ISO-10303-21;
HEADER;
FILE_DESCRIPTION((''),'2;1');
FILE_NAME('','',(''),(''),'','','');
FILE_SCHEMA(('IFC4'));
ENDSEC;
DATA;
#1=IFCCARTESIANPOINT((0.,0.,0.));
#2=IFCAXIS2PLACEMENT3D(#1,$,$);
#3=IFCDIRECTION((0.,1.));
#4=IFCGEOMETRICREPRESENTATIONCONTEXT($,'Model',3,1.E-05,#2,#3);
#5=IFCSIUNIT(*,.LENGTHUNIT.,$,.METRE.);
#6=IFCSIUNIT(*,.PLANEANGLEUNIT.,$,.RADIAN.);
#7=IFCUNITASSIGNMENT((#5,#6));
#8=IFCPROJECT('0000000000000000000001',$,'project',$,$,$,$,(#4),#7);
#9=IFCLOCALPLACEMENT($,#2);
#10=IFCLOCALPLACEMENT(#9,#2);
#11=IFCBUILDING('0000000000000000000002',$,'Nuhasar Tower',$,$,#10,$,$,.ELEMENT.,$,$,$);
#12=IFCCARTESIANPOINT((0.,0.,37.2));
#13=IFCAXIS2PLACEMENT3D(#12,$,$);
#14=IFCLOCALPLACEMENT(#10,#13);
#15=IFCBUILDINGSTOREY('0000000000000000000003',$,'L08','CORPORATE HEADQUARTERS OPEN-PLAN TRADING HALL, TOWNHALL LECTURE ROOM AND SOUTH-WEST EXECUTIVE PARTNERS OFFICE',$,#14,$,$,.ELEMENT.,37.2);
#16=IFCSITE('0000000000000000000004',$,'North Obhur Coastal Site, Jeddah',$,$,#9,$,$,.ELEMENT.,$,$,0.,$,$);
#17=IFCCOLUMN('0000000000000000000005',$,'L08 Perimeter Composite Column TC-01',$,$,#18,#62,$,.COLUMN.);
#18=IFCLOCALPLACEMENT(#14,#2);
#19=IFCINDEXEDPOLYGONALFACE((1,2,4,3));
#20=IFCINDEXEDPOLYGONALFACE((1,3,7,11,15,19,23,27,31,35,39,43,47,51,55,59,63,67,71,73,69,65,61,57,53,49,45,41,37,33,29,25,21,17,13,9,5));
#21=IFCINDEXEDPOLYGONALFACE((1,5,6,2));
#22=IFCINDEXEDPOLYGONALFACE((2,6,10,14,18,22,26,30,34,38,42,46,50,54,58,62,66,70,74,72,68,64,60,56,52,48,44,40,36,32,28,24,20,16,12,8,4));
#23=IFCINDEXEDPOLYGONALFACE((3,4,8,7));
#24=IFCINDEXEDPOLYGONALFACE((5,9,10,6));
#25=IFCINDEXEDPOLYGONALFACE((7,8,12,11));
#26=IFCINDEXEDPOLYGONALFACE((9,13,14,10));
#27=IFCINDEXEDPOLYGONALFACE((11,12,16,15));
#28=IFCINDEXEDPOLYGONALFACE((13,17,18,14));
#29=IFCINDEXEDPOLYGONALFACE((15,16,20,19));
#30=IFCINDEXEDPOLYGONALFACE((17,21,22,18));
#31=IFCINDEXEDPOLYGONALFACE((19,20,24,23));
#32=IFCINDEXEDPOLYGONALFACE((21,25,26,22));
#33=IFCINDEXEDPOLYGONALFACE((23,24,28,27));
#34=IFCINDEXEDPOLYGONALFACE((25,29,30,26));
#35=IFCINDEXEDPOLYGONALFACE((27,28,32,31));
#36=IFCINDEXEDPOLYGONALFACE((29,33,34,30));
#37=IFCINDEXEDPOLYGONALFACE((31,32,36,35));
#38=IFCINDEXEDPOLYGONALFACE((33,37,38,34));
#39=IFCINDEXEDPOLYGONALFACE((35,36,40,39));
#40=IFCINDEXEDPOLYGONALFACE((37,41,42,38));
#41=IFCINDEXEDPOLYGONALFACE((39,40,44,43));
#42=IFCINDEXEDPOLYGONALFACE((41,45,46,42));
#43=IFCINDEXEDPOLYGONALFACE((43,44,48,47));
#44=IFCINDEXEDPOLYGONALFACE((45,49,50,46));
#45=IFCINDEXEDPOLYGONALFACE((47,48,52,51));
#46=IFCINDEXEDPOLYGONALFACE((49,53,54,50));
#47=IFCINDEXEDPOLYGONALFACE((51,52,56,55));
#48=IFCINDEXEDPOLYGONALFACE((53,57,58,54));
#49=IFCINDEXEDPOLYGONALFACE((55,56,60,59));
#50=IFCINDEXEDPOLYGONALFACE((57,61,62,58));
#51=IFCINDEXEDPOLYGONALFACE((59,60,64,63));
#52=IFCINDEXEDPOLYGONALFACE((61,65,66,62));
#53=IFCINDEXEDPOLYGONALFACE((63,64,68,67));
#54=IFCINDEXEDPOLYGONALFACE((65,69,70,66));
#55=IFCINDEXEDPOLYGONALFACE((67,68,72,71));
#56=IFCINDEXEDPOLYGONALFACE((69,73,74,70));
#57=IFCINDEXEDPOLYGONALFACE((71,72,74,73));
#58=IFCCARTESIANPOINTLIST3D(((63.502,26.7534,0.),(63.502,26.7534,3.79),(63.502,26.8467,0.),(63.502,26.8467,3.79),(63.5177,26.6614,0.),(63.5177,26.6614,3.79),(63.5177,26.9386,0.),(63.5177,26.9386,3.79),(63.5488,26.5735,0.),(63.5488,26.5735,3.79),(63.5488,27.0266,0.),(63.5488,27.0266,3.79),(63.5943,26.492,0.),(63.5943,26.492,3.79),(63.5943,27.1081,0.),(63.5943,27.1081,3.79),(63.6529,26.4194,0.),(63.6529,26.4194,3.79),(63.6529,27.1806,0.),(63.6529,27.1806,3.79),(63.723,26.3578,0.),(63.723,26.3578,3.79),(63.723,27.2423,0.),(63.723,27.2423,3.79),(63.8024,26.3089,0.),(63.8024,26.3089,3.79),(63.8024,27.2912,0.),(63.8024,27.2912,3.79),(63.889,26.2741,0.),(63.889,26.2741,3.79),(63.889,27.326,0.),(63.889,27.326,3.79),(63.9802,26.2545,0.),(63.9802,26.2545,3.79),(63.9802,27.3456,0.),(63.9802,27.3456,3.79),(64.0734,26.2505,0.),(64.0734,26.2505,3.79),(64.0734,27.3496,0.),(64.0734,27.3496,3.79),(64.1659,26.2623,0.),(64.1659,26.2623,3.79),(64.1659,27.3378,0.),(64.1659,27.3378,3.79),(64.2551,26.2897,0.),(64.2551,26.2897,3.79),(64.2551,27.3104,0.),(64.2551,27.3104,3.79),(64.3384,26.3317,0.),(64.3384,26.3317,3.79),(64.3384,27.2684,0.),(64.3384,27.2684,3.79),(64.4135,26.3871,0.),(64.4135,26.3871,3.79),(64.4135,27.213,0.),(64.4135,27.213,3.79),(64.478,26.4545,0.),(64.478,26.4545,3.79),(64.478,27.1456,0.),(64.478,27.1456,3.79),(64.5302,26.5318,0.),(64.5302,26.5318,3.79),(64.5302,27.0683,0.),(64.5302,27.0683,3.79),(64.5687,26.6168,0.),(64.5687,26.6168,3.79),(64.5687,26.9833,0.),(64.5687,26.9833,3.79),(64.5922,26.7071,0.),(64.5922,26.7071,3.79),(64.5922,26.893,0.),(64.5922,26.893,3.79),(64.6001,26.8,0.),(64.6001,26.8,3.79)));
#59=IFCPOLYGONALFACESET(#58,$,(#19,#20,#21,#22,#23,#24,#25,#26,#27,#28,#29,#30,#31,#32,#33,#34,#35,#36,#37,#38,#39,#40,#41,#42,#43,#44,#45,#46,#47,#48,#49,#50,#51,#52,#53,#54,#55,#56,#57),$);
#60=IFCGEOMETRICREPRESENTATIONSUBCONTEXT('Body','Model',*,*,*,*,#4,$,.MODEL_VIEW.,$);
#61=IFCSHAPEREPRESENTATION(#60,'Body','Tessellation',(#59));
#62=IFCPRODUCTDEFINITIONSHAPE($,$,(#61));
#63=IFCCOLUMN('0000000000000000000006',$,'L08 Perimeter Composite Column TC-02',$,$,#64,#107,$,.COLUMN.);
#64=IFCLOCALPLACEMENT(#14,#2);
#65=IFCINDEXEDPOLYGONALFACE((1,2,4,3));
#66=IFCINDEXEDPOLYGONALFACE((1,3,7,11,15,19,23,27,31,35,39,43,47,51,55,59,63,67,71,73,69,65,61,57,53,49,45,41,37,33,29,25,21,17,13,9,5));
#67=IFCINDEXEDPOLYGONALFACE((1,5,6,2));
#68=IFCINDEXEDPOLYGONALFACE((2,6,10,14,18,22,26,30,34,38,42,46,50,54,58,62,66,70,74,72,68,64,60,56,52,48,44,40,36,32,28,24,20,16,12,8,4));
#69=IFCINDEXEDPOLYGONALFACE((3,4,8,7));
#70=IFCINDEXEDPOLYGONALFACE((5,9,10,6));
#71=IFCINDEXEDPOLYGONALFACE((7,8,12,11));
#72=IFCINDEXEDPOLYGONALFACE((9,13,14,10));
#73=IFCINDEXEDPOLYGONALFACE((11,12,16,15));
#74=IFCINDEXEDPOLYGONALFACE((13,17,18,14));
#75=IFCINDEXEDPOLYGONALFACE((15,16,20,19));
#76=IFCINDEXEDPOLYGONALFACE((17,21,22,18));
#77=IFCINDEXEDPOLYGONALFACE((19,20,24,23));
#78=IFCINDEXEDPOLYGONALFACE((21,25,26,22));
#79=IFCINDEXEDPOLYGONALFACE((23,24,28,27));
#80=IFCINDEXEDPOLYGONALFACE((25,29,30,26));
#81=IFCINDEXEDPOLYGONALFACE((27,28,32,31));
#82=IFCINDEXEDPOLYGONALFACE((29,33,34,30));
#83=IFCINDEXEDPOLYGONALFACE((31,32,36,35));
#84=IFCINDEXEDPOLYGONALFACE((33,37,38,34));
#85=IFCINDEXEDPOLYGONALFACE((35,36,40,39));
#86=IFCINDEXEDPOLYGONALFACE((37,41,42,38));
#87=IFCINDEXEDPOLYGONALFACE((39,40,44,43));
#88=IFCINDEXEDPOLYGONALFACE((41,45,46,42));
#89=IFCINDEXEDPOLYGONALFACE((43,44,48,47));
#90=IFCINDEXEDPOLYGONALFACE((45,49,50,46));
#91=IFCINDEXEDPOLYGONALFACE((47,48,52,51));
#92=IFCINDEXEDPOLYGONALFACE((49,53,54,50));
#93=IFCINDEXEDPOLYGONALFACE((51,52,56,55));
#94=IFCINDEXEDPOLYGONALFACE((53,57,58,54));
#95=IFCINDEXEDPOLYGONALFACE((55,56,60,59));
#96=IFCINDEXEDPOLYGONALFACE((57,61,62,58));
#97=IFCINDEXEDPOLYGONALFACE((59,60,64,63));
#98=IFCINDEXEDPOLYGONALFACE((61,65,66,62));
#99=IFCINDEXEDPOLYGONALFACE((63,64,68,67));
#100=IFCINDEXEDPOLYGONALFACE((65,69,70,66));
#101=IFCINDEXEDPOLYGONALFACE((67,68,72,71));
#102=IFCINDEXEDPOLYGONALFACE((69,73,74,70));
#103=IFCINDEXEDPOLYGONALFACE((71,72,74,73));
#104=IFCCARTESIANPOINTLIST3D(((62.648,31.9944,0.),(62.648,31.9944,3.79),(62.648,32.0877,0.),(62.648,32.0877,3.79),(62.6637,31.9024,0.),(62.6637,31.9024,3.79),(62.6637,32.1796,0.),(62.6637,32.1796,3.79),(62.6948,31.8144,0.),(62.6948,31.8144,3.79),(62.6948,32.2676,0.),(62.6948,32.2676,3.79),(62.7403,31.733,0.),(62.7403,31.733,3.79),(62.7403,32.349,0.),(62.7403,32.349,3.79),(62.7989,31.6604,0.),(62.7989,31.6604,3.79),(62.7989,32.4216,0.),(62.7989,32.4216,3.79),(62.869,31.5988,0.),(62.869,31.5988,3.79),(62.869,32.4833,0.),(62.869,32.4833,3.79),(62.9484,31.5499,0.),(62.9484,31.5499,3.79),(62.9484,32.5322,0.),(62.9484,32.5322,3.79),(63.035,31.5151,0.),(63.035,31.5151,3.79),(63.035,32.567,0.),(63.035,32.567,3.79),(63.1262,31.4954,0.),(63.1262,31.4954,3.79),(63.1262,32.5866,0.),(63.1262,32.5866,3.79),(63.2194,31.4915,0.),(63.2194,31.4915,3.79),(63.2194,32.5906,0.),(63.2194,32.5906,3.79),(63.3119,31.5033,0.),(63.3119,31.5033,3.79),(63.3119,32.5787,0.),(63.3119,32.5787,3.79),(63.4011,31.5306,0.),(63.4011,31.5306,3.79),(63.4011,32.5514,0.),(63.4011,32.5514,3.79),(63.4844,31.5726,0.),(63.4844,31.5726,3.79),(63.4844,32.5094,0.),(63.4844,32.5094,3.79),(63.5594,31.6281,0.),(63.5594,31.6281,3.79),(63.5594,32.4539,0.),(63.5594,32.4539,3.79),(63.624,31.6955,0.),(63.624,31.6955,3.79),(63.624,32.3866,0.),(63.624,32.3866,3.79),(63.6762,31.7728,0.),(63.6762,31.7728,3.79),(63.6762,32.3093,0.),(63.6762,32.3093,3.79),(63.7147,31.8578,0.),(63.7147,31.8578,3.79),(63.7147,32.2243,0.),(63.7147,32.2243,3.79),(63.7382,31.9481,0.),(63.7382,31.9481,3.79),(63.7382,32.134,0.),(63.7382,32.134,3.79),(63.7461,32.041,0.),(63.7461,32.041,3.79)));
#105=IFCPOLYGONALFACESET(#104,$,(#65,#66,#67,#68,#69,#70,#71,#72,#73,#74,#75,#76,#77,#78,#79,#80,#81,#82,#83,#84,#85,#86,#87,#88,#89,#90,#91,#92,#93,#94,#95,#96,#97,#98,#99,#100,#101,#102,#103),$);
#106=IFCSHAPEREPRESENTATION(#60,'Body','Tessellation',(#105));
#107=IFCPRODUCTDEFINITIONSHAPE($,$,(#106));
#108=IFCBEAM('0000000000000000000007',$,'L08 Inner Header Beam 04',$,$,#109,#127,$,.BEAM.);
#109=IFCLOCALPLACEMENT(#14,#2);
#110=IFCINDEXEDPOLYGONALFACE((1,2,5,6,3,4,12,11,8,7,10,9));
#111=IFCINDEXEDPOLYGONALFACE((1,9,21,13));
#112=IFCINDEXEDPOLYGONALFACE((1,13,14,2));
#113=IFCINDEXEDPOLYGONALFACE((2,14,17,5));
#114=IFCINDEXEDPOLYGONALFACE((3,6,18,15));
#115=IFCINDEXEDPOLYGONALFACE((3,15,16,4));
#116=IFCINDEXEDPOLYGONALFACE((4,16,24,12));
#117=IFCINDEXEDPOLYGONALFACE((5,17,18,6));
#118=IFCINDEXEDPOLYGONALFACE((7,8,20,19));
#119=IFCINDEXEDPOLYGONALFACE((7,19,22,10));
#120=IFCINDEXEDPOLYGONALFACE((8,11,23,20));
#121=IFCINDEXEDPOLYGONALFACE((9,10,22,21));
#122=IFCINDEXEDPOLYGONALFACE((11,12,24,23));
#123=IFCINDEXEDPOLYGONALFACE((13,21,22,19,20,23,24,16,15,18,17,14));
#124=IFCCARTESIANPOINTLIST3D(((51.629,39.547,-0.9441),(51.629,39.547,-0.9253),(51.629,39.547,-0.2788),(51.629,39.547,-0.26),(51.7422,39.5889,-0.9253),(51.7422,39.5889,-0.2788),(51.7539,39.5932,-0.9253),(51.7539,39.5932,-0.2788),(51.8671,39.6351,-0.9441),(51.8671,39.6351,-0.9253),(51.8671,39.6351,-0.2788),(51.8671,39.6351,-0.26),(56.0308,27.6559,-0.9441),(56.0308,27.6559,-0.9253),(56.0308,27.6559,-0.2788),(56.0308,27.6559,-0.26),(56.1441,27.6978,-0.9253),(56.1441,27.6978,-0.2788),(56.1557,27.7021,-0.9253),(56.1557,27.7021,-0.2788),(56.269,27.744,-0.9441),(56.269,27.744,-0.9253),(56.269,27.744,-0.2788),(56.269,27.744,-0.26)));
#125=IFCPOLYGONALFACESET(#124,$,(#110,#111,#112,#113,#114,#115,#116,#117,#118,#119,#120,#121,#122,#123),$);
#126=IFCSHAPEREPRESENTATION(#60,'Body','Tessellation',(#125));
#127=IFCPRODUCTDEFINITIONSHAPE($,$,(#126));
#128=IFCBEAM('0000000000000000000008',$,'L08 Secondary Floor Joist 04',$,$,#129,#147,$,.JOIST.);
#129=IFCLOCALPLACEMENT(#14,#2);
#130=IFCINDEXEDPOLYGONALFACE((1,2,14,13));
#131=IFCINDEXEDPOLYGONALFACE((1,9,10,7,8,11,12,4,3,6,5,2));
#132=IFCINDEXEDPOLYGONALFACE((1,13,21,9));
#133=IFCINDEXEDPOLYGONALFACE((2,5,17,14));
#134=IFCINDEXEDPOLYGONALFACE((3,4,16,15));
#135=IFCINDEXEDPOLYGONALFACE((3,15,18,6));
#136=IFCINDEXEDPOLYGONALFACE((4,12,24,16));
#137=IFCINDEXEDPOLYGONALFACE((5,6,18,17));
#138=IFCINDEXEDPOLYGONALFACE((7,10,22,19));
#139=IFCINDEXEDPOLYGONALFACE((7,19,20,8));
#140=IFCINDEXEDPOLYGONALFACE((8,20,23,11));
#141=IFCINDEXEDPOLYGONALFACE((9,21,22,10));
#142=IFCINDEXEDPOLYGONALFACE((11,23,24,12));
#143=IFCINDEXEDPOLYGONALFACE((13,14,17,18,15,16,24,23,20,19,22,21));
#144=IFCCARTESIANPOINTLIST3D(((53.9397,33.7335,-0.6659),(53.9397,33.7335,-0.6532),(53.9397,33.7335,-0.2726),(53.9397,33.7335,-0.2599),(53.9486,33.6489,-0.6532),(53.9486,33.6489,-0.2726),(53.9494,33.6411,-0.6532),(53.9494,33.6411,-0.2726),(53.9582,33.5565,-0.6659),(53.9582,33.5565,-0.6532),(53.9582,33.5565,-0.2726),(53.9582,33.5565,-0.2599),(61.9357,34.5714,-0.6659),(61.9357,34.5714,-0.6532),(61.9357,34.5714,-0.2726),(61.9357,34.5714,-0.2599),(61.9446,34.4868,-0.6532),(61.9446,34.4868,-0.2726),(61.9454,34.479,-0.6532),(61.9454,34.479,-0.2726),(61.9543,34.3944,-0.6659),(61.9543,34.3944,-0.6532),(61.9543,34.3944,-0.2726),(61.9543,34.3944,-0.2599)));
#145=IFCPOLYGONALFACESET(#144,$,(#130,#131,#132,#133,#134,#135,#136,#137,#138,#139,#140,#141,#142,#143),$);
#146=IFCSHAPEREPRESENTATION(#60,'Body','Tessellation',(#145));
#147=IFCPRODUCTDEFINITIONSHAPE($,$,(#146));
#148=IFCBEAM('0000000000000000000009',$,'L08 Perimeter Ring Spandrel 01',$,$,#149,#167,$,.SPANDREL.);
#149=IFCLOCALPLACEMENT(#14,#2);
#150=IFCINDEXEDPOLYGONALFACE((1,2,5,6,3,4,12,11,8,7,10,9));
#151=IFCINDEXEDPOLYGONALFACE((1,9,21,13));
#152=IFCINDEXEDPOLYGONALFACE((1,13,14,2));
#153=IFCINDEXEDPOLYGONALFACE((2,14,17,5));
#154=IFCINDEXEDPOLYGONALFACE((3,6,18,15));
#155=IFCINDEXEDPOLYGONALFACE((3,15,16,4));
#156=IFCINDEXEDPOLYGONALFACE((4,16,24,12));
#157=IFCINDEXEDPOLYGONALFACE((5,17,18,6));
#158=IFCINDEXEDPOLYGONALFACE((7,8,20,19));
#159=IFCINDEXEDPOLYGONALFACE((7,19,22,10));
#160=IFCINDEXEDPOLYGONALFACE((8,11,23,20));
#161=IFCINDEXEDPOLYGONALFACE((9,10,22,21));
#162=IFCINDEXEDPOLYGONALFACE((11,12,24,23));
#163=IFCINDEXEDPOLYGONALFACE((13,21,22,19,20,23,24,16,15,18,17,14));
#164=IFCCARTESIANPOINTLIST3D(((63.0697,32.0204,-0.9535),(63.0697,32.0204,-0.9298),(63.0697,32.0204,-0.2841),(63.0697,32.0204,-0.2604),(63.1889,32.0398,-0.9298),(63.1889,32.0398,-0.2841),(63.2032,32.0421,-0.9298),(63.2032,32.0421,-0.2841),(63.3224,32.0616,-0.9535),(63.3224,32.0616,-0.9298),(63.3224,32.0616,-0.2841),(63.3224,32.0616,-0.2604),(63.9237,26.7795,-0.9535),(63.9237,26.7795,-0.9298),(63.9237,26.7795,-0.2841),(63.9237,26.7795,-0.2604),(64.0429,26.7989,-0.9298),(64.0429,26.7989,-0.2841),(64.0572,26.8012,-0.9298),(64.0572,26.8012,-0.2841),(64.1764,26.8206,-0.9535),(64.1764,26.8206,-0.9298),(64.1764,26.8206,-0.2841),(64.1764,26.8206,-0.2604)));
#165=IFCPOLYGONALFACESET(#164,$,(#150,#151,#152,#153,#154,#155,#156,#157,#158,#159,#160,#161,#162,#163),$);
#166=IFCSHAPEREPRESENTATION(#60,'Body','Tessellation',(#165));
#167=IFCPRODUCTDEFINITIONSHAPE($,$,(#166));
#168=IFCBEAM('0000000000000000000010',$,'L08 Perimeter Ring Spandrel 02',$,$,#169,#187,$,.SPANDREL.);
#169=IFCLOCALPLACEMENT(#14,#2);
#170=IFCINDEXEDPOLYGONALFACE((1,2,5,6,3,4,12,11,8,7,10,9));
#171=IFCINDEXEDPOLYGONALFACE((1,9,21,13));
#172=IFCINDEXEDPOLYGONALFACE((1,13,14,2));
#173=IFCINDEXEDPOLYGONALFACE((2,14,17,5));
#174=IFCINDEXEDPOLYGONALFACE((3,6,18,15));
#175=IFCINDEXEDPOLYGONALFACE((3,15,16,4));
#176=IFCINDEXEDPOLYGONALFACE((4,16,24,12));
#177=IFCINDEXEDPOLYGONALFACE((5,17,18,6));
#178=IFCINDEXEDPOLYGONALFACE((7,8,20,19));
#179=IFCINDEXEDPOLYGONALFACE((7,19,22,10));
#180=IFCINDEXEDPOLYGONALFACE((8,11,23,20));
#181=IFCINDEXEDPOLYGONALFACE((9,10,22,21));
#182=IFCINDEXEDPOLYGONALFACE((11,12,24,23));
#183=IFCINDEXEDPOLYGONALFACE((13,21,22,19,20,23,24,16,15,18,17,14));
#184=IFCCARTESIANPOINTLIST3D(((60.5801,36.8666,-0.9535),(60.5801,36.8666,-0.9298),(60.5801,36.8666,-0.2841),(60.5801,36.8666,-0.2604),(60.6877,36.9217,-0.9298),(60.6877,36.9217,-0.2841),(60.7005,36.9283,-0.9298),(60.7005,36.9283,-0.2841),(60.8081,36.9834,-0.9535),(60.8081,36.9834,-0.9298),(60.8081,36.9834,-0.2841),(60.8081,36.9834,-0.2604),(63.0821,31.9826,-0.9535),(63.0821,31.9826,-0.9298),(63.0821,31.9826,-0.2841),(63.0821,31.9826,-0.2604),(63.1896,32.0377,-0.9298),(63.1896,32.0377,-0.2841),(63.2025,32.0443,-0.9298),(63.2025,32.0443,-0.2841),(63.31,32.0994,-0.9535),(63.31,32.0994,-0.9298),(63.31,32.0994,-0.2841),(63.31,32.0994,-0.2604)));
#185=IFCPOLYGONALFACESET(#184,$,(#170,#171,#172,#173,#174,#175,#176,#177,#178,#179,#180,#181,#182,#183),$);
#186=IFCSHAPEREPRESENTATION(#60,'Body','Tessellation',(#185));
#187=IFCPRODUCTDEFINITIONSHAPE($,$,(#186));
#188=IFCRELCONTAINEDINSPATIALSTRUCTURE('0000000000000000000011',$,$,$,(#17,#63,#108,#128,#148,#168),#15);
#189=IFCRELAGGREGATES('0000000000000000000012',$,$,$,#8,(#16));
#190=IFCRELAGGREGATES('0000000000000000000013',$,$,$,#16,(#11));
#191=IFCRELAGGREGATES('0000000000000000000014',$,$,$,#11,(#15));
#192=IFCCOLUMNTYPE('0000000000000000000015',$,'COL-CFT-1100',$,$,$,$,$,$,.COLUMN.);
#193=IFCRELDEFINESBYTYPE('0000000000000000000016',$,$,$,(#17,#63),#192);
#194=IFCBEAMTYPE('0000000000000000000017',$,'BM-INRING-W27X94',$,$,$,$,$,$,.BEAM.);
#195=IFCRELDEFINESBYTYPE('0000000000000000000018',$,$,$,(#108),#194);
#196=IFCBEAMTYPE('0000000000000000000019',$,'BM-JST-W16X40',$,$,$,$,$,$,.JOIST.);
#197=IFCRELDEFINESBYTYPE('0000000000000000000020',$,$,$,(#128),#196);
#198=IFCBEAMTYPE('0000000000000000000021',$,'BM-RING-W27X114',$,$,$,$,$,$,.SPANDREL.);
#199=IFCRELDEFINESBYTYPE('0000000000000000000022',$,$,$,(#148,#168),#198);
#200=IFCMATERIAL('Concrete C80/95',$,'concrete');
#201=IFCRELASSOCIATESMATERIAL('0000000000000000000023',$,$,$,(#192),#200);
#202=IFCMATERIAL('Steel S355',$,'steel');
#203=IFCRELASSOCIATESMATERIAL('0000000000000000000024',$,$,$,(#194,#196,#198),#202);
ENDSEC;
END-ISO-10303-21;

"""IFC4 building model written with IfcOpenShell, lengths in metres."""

from ifc_helpers import new_model, si_unit, direction, frame, origin, origin_2d, place, context, subcontext, project, spatial, circle, i_section, extrude, material, material_profile, profile_set, type_object, element, save


model = new_model("IFC4")

# Units and contexts
model_context = context("Model", 3, precision=1e-05, world=origin(), true_north=direction((0.0, 1.0)))
body_context = subcontext(model_context, "Body", "Model", "MODEL_VIEW")
ifc_project = project(units=[si_unit("LENGTHUNIT", "METRE"), si_unit("PLANEANGLEUNIT", "RADIAN")], contexts=[model_context])

# Site, building, storey
site_placement = place(None, origin())
site = spatial("IfcSite", under=ifc_project, at=site_placement, Name="North Obhur Coastal Site, Jeddah", CompositionType="ELEMENT", RefElevation=0.0)
building_placement = place(site_placement, origin())
building = spatial("IfcBuilding", under=site, at=building_placement, Name="Nuhasar Tower", CompositionType="ELEMENT")
storey_placement = place(building_placement, frame((0.0, 0.0, 37.2)))
storey = spatial("IfcBuildingStorey", under=building, at=storey_placement, Name="L08", Description="CORPORATE HEADQUARTERS OPEN-PLAN TRADING HALL, TOWNHALL LECTURE ROOM AND SOUTH-WEST EXECUTIVE PARTNERS OFFICE", CompositionType="ELEMENT", Elevation=37.2)

# Columns
ifc_material_1 = material(Name="Concrete C80/95", Category="concrete")
ifc_material_profile_1 = material_profile(ifc_material_1, circle(Radius=0.55, at=origin_2d()), Name="CFT1100")
ifc_profile_set_1 = profile_set([ifc_material_profile_1], Name="Concrete C80/95")
column_type = type_object("IfcColumnType", Name="COL-CFT-1100", PredefinedType="COLUMN", material=ifc_profile_set_1)
for number, where, z_axis, x_axis, name in (
    (1, (64.05, 26.8, 0.0), (0.0, 0.0, 1.0), (1.0, 0.0, 0.0), "L08 Perimeter Composite Column TC-01"),
    (2, (63.196, 32.041, 0.0), (0.0, 0.0, 1.0), (1.0, 0.0, 0.0), "L08 Perimeter Composite Column TC-02"),
):
    element("IfcColumn", number, at=place(storey_placement, frame(where, z_axis=z_axis, x_axis=x_axis)), inside=storey, type_object=column_type, Name=name, PredefinedType="COLUMN", context=body_context, shape_type="SweptSolid", body=[
        extrude(circle(Radius=0.55, at=origin_2d()), origin(), (0.0, 0.0, 1.0), 3.79),
    ])

# Beams
ifc_material_2 = material(Name="Steel S355", Category="steel")
ifc_material_profile_2 = material_profile(ifc_material_2, i_section(OverallWidth=0.2539, OverallDepth=0.6841, WebThickness=0.0125, FlangeThickness=0.0188, at=origin_2d()), Name="W27X94")
ifc_profile_set_2 = profile_set([ifc_material_profile_2], Name="Steel S355")
beam_type_1 = type_object("IfcBeamType", Name="BM-INRING-W27X94", PredefinedType="BEAM", material=ifc_profile_set_2)
beam_1_placement = place(storey_placement, frame((56.1499, 27.7, -0.6021), z_axis=(-0.347158, 0.937807, 0.0), x_axis=(-0.937807, -0.347158, 0.0)))
element("IfcBeam", 3, at=beam_1_placement, inside=storey, type_object=beam_type_1, Name="L08 Inner Header Beam 04", PredefinedType="BEAM", context=body_context, shape_type="SweptSolid", body=[
    extrude(i_section(OverallWidth=0.2539, OverallDepth=0.6841, WebThickness=0.0125, FlangeThickness=0.0188, at=origin_2d()), origin(), (0.0, 0.0, 1.0), 12.6797),
])
ifc_material_profile_3 = material_profile(ifc_material_2, i_section(OverallWidth=0.178, OverallDepth=0.406, WebThickness=0.0078, FlangeThickness=0.0127, at=origin_2d()), Name="W16X40")
ifc_profile_set_3 = profile_set([ifc_material_profile_3], Name="Steel S355")
beam_type_2 = type_object("IfcBeamType", Name="BM-JST-W16X40", PredefinedType="JOIST", material=ifc_profile_set_3)
beam_2_placement = place(storey_placement, frame((53.949, 33.645, -0.4629), z_axis=(0.994555, 0.104217, 0.0), x_axis=(-0.104217, 0.994555, 0.0)))
element("IfcBeam", 4, at=beam_2_placement, inside=storey, type_object=beam_type_2, Name="L08 Secondary Floor Joist 04", PredefinedType="JOIST", context=body_context, shape_type="SweptSolid", body=[
    extrude(i_section(OverallWidth=0.178, OverallDepth=0.406, WebThickness=0.0078, FlangeThickness=0.0127, at=origin_2d()), origin(), (0.0, 0.0, 1.0), 8.0398),
])
ifc_material_profile_4 = material_profile(ifc_material_2, i_section(OverallWidth=0.2561, OverallDepth=0.6931, WebThickness=0.0144, FlangeThickness=0.0237, at=origin_2d()), Name="W27X114")
ifc_profile_set_4 = profile_set([ifc_material_profile_4], Name="Steel S355")
beam_type_3 = type_object("IfcBeamType", Name="BM-RING-W27X114", PredefinedType="SPANDREL", material=ifc_profile_set_4)
beam_3_placement = place(storey_placement, frame((64.05, 26.8, -0.6069), z_axis=(-0.160827, 0.986983, 0.0), x_axis=(-0.986983, -0.160827, 0.0)))
element("IfcBeam", 5, at=beam_3_placement, inside=storey, type_object=beam_type_3, Name="L08 Perimeter Ring Spandrel 01", PredefinedType="SPANDREL", context=body_context, shape_type="SweptSolid", body=[
    extrude(i_section(OverallWidth=0.2561, OverallDepth=0.6931, WebThickness=0.0144, FlangeThickness=0.0237, at=origin_2d()), origin(), (0.0, 0.0, 1.0), 5.3101),
])
beam_4_placement = place(storey_placement, frame((63.196, 32.041, -0.6069), z_axis=(-0.45593, 0.890016, 0.0), x_axis=(-0.890016, -0.45593, 0.0)))
element("IfcBeam", 6, at=beam_4_placement, inside=storey, type_object=beam_type_3, Name="L08 Perimeter Ring Spandrel 02", PredefinedType="SPANDREL", context=body_context, shape_type="SweptSolid", body=[
    extrude(i_section(OverallWidth=0.2561, OverallDepth=0.6931, WebThickness=0.0144, FlangeThickness=0.0237, at=origin_2d()), origin(), (0.0, 0.0, 1.0), 5.4875),
])

save(model, "model.ifc")
